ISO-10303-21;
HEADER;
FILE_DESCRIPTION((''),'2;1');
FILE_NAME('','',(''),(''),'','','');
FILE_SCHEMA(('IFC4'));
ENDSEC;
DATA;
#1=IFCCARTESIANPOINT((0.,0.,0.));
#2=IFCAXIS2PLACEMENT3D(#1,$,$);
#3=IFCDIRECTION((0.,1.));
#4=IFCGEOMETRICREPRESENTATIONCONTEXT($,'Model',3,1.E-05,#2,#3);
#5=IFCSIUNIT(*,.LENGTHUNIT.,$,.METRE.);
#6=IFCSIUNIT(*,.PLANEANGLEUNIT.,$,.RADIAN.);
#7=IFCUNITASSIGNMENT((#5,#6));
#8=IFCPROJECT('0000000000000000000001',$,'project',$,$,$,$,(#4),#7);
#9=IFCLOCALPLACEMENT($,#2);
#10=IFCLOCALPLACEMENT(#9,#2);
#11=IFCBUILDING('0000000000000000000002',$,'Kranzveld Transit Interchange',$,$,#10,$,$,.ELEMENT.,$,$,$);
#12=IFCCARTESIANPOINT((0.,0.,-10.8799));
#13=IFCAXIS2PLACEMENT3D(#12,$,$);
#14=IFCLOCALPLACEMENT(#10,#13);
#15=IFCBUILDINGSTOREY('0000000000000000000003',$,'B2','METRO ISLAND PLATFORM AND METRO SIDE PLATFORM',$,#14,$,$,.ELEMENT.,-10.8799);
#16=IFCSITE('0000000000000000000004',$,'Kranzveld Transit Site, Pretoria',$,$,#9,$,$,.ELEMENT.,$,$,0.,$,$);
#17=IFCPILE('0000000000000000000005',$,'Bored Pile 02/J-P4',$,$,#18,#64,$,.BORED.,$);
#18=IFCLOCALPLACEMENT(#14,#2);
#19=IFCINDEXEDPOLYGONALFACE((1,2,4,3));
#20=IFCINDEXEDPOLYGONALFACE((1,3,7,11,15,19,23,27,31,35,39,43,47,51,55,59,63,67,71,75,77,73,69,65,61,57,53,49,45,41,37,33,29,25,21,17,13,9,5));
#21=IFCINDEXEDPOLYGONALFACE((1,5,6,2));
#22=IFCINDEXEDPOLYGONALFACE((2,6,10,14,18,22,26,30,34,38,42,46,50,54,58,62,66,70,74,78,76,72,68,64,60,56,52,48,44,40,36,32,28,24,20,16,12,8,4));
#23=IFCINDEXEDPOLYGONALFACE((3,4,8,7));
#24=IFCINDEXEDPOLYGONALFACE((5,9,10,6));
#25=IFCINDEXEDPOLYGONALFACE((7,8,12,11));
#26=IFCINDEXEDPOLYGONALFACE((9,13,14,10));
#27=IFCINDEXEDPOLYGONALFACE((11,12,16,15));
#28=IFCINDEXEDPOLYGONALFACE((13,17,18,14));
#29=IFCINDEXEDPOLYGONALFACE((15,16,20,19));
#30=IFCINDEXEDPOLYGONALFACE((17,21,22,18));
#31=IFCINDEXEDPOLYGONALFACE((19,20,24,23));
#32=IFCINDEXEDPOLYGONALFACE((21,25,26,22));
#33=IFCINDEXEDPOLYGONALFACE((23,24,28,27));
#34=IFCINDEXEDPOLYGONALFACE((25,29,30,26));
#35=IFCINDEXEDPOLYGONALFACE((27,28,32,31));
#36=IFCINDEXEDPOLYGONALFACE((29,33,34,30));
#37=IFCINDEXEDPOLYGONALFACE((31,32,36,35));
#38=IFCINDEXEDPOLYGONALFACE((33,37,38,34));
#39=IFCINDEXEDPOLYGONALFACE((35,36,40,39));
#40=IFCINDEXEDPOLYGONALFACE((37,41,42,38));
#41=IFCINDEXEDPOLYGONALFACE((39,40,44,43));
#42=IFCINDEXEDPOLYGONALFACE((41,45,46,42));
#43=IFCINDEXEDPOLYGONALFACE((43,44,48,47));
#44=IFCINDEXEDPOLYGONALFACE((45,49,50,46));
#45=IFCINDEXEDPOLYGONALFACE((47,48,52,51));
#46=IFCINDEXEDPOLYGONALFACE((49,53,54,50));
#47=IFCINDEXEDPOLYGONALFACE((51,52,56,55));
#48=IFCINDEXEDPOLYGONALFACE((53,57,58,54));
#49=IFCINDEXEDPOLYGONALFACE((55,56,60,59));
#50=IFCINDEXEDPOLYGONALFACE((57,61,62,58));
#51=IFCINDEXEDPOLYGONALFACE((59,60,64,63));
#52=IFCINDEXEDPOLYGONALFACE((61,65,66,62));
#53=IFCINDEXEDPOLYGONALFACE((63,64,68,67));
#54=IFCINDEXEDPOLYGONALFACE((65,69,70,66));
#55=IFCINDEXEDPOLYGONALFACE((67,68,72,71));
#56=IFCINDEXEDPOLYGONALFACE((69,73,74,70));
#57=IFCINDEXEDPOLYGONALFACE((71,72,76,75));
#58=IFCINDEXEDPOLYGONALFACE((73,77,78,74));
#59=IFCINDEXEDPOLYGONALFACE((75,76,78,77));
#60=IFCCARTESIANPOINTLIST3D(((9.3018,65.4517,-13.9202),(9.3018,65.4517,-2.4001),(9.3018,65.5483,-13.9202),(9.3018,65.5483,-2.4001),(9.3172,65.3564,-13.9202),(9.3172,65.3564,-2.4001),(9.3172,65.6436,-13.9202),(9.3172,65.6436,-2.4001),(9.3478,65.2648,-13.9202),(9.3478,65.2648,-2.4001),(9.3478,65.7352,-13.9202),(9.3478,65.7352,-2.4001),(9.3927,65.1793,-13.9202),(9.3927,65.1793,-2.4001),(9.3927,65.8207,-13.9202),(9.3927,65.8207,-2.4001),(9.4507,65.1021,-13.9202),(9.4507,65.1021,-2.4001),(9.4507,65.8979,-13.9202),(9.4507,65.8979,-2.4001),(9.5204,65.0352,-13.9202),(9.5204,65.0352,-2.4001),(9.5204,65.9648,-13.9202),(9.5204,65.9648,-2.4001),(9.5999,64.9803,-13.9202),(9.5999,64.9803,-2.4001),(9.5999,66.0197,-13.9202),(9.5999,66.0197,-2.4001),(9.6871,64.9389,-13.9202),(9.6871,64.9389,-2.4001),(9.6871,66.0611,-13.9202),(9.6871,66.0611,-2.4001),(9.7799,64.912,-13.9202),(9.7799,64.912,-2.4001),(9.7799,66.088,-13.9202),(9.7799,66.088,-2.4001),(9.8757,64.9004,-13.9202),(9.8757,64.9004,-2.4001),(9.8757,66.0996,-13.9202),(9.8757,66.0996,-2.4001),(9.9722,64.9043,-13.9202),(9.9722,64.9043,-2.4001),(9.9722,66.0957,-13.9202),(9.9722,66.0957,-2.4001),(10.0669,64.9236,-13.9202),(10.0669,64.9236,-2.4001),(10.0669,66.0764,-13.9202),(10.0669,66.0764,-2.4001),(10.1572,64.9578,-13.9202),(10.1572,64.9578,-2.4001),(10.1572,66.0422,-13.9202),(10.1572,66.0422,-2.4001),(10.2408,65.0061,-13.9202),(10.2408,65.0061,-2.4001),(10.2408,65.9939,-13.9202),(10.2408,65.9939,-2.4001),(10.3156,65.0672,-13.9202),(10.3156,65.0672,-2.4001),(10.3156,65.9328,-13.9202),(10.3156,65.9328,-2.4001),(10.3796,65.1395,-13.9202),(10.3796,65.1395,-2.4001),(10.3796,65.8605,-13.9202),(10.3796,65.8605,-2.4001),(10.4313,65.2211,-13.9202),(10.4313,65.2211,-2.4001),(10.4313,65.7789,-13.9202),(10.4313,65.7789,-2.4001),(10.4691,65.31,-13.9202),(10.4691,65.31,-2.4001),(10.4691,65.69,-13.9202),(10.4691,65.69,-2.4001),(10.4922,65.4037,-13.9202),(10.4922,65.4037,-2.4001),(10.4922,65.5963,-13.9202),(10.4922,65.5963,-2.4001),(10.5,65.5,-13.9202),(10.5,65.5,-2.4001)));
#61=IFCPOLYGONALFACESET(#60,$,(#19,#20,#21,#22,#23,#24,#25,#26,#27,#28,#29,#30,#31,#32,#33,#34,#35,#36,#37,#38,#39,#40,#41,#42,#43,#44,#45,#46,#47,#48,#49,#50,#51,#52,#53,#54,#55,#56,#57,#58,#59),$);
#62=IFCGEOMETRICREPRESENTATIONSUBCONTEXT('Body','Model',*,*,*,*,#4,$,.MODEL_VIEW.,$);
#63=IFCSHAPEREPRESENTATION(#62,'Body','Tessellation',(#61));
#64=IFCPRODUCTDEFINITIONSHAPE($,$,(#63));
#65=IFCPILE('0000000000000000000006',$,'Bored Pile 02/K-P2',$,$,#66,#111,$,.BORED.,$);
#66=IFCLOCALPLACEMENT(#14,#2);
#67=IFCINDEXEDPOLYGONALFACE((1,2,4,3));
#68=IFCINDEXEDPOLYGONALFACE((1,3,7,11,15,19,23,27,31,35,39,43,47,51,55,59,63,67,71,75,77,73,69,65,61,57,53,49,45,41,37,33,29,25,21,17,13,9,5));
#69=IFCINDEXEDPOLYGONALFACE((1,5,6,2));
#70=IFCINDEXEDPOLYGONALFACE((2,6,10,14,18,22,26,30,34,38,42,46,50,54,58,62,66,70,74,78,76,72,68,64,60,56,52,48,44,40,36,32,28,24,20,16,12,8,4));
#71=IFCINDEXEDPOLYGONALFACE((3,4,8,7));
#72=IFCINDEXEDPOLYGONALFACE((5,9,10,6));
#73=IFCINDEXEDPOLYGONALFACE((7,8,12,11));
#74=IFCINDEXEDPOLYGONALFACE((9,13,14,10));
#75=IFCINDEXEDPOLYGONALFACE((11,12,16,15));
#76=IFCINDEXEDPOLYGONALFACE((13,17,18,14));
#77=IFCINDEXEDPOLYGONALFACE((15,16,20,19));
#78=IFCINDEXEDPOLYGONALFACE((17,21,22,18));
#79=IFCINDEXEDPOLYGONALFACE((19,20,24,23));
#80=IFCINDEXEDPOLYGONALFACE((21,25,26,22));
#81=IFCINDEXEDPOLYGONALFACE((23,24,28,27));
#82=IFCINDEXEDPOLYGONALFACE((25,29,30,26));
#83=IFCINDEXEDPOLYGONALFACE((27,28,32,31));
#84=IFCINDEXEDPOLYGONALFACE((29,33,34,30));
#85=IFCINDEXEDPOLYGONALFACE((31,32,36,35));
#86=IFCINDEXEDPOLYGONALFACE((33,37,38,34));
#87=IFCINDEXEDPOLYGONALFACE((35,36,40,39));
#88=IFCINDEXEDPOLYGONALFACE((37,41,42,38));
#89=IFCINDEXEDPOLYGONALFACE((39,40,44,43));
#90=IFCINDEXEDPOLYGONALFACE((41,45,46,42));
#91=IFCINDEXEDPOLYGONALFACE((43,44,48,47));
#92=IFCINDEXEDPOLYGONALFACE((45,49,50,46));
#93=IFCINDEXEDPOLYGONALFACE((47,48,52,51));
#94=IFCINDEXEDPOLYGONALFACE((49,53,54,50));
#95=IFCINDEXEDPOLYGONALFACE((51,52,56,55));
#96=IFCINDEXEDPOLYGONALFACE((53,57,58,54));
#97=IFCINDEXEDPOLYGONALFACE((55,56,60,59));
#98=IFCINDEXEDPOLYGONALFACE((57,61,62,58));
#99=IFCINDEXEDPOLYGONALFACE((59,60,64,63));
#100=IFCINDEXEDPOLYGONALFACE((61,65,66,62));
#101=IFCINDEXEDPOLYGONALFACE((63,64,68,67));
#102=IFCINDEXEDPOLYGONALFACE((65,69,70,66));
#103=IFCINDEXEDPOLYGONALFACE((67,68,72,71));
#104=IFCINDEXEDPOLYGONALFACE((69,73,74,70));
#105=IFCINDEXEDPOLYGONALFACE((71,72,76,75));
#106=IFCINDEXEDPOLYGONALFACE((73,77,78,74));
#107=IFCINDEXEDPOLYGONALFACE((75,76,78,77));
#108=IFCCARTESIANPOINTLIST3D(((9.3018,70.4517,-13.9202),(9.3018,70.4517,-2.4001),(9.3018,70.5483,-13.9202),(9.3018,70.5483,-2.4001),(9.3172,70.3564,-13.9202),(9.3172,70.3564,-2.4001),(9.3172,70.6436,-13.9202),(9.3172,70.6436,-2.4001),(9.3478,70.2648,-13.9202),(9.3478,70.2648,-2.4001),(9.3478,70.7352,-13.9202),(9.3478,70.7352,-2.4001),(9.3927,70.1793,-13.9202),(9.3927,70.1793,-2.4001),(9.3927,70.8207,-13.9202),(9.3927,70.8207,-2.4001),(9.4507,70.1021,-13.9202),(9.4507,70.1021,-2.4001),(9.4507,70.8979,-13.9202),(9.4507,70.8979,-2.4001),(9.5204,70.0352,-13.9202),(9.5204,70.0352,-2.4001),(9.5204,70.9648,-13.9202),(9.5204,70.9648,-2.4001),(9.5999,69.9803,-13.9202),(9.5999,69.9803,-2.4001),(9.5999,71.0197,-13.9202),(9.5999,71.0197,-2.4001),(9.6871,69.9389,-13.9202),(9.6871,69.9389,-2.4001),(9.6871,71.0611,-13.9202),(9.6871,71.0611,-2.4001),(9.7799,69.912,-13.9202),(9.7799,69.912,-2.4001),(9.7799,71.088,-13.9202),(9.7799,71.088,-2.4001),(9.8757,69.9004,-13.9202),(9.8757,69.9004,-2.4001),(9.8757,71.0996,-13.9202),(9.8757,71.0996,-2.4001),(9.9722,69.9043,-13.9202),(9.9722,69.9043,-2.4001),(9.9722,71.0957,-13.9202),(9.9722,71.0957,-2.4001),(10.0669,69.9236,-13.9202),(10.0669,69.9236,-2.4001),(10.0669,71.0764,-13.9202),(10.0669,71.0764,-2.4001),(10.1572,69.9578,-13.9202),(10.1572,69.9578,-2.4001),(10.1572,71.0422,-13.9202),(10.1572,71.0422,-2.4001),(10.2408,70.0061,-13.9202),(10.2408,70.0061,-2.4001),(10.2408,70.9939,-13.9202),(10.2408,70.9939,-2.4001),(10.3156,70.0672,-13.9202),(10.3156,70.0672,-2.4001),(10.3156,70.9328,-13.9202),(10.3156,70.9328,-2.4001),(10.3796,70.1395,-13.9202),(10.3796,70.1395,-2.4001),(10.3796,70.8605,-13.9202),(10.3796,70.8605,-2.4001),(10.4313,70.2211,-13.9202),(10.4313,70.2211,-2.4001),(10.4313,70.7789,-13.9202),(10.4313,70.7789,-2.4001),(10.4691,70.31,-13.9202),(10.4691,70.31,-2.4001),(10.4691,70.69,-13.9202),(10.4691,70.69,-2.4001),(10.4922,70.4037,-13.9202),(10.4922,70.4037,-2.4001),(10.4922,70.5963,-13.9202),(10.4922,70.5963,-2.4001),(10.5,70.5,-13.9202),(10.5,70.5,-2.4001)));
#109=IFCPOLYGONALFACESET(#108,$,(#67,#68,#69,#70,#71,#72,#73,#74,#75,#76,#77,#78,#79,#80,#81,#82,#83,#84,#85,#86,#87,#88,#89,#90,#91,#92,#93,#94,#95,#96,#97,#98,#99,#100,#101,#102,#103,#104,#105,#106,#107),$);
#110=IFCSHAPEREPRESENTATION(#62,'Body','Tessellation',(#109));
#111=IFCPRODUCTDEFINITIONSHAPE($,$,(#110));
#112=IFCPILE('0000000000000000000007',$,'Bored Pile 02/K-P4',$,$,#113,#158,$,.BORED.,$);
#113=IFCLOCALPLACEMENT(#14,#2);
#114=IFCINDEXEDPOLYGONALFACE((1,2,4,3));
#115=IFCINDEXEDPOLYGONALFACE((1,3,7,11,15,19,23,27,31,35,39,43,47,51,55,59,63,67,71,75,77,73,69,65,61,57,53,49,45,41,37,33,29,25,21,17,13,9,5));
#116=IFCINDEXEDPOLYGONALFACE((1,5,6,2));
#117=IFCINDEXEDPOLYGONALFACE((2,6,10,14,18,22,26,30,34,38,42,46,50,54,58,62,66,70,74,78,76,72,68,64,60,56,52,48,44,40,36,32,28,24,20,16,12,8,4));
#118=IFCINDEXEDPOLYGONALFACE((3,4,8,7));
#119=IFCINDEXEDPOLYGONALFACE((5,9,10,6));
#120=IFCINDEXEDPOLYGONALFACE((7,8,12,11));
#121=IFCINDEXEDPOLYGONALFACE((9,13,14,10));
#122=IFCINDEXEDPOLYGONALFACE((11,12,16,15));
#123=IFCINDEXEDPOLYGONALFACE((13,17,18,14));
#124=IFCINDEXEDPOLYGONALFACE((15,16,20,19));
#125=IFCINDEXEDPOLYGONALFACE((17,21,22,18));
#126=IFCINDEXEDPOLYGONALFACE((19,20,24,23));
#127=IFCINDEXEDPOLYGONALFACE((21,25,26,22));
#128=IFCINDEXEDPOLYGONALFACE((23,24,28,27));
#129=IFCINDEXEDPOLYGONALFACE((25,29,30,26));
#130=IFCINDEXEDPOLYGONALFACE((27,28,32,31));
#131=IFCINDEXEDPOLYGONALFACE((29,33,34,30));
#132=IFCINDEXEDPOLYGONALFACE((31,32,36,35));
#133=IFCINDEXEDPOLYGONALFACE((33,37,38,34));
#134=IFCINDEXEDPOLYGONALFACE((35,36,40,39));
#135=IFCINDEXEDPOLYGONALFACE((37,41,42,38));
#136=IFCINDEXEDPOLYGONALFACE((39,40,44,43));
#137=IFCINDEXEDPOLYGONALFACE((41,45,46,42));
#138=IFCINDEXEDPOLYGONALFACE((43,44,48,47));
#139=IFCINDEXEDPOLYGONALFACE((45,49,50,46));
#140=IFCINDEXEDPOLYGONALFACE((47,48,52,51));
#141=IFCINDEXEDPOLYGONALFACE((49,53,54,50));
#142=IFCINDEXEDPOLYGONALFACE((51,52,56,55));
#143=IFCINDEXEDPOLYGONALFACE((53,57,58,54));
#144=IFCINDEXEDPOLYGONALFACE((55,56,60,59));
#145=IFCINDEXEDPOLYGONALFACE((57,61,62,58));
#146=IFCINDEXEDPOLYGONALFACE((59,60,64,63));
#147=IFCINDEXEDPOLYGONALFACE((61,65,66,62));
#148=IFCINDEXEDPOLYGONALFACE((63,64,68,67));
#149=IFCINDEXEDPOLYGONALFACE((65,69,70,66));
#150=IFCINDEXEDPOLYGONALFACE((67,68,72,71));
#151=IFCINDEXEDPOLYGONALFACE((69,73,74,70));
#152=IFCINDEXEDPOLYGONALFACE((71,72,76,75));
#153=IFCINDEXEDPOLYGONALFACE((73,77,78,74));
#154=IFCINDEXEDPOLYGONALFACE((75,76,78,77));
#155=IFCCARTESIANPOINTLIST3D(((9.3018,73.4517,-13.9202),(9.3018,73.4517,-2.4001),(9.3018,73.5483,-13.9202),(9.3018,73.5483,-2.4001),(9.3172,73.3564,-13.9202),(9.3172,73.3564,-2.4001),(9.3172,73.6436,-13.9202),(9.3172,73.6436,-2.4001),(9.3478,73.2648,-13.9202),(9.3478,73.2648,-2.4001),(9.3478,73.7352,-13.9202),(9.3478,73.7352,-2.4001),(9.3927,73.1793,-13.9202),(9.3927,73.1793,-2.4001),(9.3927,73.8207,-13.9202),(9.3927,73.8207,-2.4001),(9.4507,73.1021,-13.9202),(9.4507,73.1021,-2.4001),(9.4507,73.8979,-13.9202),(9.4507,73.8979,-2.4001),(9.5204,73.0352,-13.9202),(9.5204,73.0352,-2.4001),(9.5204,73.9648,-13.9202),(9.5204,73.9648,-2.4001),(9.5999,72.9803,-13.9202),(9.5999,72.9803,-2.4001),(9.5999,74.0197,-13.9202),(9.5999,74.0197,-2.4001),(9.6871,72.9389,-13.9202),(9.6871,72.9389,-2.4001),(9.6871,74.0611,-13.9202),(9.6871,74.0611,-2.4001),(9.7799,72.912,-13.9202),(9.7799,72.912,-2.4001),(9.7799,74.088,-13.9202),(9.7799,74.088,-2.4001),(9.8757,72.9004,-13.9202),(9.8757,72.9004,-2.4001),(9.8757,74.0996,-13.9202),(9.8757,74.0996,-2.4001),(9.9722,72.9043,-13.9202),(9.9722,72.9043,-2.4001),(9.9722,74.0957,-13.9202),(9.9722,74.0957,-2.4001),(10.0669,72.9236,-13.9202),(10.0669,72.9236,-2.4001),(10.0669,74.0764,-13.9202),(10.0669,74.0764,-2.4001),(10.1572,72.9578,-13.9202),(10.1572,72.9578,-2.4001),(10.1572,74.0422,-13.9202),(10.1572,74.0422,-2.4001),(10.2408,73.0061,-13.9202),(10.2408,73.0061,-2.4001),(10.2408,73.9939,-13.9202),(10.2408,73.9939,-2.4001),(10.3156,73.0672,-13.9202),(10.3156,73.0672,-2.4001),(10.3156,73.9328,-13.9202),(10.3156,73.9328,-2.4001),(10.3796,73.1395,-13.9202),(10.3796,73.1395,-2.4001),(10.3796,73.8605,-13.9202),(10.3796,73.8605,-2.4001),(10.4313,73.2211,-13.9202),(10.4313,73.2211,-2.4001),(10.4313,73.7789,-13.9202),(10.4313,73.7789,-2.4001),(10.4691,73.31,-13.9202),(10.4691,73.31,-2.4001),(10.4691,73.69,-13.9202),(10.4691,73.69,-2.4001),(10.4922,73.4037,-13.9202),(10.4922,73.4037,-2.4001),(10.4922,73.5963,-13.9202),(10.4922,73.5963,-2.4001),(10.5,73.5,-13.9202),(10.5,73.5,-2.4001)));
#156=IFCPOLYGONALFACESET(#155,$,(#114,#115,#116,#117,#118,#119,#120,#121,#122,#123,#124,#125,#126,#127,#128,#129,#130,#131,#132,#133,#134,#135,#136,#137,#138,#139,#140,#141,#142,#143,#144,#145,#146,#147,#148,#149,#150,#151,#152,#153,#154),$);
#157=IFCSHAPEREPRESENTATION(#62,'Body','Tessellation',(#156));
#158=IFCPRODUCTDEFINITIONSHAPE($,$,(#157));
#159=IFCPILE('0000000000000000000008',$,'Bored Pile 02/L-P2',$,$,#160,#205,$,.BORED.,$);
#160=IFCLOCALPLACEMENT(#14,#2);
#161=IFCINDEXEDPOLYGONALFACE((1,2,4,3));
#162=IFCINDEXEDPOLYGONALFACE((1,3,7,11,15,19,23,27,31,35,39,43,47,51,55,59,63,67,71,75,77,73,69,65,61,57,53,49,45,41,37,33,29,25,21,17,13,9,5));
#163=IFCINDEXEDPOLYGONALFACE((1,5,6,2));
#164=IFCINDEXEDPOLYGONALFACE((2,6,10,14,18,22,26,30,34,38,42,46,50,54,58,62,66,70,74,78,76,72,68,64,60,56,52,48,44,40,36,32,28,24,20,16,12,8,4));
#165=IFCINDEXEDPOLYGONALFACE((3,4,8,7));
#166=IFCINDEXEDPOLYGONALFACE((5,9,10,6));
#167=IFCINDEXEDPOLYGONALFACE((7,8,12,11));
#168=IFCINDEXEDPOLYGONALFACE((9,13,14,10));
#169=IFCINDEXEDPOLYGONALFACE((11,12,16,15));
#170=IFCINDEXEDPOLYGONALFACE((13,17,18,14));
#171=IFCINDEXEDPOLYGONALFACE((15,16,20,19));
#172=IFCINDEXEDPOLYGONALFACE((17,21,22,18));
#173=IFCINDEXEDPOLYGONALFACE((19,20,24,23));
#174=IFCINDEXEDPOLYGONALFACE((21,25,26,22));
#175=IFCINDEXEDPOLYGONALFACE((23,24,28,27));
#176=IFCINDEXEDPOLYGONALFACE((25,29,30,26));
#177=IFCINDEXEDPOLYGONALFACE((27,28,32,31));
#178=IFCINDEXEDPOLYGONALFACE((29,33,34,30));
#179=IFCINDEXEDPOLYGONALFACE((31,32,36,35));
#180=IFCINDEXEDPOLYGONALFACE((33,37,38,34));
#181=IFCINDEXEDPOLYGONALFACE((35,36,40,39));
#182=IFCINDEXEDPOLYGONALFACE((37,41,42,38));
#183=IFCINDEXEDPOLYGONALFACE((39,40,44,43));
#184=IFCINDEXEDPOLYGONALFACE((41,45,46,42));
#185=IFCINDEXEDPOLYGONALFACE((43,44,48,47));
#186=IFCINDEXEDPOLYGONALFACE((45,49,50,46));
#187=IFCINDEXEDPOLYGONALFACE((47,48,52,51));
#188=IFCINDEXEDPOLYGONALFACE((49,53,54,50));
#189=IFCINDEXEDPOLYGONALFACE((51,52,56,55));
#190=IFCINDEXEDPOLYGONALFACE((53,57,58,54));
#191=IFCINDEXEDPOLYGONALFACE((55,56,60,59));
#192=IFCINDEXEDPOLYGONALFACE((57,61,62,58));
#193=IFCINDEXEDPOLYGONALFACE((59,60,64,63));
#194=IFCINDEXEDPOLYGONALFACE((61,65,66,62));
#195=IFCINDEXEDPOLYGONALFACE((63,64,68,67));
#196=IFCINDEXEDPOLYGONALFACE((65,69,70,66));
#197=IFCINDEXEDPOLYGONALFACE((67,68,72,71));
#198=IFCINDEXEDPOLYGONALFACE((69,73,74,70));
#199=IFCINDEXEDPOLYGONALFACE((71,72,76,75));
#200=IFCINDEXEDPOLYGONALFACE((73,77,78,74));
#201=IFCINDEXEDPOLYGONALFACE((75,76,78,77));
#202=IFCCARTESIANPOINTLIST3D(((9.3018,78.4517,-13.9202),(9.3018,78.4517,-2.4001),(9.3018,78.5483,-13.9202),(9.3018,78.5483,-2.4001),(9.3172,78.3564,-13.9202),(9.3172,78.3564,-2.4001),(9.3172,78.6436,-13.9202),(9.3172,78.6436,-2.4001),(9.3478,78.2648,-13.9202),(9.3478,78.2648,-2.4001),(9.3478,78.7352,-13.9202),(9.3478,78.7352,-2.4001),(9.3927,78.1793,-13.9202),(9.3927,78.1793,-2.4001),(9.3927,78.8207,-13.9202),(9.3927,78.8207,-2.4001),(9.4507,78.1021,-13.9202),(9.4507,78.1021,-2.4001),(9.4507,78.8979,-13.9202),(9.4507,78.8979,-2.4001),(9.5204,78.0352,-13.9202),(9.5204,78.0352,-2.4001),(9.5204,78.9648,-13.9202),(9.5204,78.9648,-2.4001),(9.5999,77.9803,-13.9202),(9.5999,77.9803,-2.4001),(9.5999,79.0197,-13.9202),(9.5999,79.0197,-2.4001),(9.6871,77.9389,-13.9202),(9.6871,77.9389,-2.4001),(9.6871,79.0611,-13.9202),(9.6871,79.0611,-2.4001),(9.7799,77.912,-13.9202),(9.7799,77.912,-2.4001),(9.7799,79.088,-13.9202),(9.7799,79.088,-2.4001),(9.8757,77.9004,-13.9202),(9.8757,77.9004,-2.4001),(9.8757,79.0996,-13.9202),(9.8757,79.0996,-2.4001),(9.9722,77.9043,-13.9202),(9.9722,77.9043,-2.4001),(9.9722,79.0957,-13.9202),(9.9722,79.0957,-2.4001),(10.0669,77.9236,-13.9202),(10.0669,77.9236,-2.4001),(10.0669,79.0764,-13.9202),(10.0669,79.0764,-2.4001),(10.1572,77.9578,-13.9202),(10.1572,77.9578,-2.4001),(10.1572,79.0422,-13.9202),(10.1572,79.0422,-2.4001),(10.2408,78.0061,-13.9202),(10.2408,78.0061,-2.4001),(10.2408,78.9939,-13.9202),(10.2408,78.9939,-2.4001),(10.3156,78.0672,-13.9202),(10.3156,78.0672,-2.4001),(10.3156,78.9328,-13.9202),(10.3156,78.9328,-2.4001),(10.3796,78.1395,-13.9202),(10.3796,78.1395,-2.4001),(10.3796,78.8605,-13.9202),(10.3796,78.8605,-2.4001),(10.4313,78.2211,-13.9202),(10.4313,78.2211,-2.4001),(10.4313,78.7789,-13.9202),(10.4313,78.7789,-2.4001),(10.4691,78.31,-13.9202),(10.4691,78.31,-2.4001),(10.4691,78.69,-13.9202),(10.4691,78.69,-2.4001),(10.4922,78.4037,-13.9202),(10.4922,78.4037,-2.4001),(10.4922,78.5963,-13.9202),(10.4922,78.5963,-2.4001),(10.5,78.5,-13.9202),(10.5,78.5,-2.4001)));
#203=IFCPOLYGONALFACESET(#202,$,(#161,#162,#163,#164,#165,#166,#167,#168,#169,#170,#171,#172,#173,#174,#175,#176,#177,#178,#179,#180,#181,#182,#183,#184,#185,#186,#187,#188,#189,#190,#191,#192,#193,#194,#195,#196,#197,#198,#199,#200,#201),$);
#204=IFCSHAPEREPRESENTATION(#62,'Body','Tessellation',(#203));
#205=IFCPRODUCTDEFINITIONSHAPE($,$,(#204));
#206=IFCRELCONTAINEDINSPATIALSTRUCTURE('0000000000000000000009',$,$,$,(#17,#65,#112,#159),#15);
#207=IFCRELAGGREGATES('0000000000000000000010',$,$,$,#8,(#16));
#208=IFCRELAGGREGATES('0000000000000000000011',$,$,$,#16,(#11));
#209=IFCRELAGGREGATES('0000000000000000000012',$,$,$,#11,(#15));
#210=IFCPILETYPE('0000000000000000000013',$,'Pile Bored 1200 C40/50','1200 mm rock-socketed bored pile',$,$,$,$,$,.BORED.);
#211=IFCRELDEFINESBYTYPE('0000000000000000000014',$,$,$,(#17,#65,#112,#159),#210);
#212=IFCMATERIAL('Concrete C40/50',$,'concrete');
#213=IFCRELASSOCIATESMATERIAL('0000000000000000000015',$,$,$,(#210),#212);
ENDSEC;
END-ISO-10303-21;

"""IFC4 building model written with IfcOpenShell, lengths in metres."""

from ifc_helpers import new_model, si_unit, direction, frame, origin, origin_2d, place, context, subcontext, project, spatial, circle, extrude, material, material_profile, profile_set, type_object, element, save


model = new_model("IFC4")

# Units and contexts
model_context = context("Model", 3, precision=1e-05, world=origin(), true_north=direction((0.0, 1.0)))
body_context = subcontext(model_context, "Body", "Model", "MODEL_VIEW")
ifc_project = project(units=[si_unit("LENGTHUNIT", "METRE"), si_unit("PLANEANGLEUNIT", "RADIAN")], contexts=[model_context])

# Site, building, storey
site_placement = place(None, origin())
site = spatial("IfcSite", under=ifc_project, at=site_placement, Name="Kranzveld Transit Site, Pretoria", CompositionType="ELEMENT", RefElevation=0.0)
building_placement = place(site_placement, origin())
building = spatial("IfcBuilding", under=site, at=building_placement, Name="Kranzveld Transit Interchange", CompositionType="ELEMENT")
storey_placement = place(building_placement, frame((0.0, 0.0, -10.8799)))
storey = spatial("IfcBuildingStorey", under=building, at=storey_placement, Name="B2", Description="METRO ISLAND PLATFORM AND METRO SIDE PLATFORM", CompositionType="ELEMENT", Elevation=-10.8799)

# Piles
ifc_material_1 = material(Name="Concrete C40/50", Category="concrete")
ifc_material_profile_1 = material_profile(ifc_material_1, circle(Radius=0.6001, at=origin_2d()), Name="BORED PILE 1200")
ifc_profile_set_1 = profile_set([ifc_material_profile_1], Name="Concrete C40/50")
pile_type = type_object("IfcPileType", Name="Pile Bored 1200 C40/50", Description="1200 mm rock-socketed bored pile", PredefinedType="BORED", material=ifc_profile_set_1)
for number, where, z_axis, x_axis, name in (
    (1, (9.8999, 65.5, -2.4001), (0.0, 0.0, -1.0), (1.0, 0.0, 0.0), "Bored Pile 02/J-P4"),
    (2, (9.8999, 70.5, -2.4001), (0.0, 0.0, -1.0), (1.0, 0.0, 0.0), "Bored Pile 02/K-P2"),
    (3, (9.8999, 73.5, -2.4001), (0.0, 0.0, -1.0), (1.0, 0.0, 0.0), "Bored Pile 02/K-P4"),
    (4, (9.8999, 78.5, -2.4001), (0.0, 0.0, -1.0), (1.0, 0.0, 0.0), "Bored Pile 02/L-P2"),
):
    element("IfcPile", number, at=place(storey_placement, frame(where, z_axis=z_axis, x_axis=x_axis)), inside=storey, type_object=pile_type, Name=name, PredefinedType="BORED", context=body_context, shape_type="SweptSolid", body=[
        extrude(circle(Radius=0.6001, at=origin_2d()), origin(), (0.0, 0.0, 1.0), 11.52),
    ])

save(model, "model.ifc")
